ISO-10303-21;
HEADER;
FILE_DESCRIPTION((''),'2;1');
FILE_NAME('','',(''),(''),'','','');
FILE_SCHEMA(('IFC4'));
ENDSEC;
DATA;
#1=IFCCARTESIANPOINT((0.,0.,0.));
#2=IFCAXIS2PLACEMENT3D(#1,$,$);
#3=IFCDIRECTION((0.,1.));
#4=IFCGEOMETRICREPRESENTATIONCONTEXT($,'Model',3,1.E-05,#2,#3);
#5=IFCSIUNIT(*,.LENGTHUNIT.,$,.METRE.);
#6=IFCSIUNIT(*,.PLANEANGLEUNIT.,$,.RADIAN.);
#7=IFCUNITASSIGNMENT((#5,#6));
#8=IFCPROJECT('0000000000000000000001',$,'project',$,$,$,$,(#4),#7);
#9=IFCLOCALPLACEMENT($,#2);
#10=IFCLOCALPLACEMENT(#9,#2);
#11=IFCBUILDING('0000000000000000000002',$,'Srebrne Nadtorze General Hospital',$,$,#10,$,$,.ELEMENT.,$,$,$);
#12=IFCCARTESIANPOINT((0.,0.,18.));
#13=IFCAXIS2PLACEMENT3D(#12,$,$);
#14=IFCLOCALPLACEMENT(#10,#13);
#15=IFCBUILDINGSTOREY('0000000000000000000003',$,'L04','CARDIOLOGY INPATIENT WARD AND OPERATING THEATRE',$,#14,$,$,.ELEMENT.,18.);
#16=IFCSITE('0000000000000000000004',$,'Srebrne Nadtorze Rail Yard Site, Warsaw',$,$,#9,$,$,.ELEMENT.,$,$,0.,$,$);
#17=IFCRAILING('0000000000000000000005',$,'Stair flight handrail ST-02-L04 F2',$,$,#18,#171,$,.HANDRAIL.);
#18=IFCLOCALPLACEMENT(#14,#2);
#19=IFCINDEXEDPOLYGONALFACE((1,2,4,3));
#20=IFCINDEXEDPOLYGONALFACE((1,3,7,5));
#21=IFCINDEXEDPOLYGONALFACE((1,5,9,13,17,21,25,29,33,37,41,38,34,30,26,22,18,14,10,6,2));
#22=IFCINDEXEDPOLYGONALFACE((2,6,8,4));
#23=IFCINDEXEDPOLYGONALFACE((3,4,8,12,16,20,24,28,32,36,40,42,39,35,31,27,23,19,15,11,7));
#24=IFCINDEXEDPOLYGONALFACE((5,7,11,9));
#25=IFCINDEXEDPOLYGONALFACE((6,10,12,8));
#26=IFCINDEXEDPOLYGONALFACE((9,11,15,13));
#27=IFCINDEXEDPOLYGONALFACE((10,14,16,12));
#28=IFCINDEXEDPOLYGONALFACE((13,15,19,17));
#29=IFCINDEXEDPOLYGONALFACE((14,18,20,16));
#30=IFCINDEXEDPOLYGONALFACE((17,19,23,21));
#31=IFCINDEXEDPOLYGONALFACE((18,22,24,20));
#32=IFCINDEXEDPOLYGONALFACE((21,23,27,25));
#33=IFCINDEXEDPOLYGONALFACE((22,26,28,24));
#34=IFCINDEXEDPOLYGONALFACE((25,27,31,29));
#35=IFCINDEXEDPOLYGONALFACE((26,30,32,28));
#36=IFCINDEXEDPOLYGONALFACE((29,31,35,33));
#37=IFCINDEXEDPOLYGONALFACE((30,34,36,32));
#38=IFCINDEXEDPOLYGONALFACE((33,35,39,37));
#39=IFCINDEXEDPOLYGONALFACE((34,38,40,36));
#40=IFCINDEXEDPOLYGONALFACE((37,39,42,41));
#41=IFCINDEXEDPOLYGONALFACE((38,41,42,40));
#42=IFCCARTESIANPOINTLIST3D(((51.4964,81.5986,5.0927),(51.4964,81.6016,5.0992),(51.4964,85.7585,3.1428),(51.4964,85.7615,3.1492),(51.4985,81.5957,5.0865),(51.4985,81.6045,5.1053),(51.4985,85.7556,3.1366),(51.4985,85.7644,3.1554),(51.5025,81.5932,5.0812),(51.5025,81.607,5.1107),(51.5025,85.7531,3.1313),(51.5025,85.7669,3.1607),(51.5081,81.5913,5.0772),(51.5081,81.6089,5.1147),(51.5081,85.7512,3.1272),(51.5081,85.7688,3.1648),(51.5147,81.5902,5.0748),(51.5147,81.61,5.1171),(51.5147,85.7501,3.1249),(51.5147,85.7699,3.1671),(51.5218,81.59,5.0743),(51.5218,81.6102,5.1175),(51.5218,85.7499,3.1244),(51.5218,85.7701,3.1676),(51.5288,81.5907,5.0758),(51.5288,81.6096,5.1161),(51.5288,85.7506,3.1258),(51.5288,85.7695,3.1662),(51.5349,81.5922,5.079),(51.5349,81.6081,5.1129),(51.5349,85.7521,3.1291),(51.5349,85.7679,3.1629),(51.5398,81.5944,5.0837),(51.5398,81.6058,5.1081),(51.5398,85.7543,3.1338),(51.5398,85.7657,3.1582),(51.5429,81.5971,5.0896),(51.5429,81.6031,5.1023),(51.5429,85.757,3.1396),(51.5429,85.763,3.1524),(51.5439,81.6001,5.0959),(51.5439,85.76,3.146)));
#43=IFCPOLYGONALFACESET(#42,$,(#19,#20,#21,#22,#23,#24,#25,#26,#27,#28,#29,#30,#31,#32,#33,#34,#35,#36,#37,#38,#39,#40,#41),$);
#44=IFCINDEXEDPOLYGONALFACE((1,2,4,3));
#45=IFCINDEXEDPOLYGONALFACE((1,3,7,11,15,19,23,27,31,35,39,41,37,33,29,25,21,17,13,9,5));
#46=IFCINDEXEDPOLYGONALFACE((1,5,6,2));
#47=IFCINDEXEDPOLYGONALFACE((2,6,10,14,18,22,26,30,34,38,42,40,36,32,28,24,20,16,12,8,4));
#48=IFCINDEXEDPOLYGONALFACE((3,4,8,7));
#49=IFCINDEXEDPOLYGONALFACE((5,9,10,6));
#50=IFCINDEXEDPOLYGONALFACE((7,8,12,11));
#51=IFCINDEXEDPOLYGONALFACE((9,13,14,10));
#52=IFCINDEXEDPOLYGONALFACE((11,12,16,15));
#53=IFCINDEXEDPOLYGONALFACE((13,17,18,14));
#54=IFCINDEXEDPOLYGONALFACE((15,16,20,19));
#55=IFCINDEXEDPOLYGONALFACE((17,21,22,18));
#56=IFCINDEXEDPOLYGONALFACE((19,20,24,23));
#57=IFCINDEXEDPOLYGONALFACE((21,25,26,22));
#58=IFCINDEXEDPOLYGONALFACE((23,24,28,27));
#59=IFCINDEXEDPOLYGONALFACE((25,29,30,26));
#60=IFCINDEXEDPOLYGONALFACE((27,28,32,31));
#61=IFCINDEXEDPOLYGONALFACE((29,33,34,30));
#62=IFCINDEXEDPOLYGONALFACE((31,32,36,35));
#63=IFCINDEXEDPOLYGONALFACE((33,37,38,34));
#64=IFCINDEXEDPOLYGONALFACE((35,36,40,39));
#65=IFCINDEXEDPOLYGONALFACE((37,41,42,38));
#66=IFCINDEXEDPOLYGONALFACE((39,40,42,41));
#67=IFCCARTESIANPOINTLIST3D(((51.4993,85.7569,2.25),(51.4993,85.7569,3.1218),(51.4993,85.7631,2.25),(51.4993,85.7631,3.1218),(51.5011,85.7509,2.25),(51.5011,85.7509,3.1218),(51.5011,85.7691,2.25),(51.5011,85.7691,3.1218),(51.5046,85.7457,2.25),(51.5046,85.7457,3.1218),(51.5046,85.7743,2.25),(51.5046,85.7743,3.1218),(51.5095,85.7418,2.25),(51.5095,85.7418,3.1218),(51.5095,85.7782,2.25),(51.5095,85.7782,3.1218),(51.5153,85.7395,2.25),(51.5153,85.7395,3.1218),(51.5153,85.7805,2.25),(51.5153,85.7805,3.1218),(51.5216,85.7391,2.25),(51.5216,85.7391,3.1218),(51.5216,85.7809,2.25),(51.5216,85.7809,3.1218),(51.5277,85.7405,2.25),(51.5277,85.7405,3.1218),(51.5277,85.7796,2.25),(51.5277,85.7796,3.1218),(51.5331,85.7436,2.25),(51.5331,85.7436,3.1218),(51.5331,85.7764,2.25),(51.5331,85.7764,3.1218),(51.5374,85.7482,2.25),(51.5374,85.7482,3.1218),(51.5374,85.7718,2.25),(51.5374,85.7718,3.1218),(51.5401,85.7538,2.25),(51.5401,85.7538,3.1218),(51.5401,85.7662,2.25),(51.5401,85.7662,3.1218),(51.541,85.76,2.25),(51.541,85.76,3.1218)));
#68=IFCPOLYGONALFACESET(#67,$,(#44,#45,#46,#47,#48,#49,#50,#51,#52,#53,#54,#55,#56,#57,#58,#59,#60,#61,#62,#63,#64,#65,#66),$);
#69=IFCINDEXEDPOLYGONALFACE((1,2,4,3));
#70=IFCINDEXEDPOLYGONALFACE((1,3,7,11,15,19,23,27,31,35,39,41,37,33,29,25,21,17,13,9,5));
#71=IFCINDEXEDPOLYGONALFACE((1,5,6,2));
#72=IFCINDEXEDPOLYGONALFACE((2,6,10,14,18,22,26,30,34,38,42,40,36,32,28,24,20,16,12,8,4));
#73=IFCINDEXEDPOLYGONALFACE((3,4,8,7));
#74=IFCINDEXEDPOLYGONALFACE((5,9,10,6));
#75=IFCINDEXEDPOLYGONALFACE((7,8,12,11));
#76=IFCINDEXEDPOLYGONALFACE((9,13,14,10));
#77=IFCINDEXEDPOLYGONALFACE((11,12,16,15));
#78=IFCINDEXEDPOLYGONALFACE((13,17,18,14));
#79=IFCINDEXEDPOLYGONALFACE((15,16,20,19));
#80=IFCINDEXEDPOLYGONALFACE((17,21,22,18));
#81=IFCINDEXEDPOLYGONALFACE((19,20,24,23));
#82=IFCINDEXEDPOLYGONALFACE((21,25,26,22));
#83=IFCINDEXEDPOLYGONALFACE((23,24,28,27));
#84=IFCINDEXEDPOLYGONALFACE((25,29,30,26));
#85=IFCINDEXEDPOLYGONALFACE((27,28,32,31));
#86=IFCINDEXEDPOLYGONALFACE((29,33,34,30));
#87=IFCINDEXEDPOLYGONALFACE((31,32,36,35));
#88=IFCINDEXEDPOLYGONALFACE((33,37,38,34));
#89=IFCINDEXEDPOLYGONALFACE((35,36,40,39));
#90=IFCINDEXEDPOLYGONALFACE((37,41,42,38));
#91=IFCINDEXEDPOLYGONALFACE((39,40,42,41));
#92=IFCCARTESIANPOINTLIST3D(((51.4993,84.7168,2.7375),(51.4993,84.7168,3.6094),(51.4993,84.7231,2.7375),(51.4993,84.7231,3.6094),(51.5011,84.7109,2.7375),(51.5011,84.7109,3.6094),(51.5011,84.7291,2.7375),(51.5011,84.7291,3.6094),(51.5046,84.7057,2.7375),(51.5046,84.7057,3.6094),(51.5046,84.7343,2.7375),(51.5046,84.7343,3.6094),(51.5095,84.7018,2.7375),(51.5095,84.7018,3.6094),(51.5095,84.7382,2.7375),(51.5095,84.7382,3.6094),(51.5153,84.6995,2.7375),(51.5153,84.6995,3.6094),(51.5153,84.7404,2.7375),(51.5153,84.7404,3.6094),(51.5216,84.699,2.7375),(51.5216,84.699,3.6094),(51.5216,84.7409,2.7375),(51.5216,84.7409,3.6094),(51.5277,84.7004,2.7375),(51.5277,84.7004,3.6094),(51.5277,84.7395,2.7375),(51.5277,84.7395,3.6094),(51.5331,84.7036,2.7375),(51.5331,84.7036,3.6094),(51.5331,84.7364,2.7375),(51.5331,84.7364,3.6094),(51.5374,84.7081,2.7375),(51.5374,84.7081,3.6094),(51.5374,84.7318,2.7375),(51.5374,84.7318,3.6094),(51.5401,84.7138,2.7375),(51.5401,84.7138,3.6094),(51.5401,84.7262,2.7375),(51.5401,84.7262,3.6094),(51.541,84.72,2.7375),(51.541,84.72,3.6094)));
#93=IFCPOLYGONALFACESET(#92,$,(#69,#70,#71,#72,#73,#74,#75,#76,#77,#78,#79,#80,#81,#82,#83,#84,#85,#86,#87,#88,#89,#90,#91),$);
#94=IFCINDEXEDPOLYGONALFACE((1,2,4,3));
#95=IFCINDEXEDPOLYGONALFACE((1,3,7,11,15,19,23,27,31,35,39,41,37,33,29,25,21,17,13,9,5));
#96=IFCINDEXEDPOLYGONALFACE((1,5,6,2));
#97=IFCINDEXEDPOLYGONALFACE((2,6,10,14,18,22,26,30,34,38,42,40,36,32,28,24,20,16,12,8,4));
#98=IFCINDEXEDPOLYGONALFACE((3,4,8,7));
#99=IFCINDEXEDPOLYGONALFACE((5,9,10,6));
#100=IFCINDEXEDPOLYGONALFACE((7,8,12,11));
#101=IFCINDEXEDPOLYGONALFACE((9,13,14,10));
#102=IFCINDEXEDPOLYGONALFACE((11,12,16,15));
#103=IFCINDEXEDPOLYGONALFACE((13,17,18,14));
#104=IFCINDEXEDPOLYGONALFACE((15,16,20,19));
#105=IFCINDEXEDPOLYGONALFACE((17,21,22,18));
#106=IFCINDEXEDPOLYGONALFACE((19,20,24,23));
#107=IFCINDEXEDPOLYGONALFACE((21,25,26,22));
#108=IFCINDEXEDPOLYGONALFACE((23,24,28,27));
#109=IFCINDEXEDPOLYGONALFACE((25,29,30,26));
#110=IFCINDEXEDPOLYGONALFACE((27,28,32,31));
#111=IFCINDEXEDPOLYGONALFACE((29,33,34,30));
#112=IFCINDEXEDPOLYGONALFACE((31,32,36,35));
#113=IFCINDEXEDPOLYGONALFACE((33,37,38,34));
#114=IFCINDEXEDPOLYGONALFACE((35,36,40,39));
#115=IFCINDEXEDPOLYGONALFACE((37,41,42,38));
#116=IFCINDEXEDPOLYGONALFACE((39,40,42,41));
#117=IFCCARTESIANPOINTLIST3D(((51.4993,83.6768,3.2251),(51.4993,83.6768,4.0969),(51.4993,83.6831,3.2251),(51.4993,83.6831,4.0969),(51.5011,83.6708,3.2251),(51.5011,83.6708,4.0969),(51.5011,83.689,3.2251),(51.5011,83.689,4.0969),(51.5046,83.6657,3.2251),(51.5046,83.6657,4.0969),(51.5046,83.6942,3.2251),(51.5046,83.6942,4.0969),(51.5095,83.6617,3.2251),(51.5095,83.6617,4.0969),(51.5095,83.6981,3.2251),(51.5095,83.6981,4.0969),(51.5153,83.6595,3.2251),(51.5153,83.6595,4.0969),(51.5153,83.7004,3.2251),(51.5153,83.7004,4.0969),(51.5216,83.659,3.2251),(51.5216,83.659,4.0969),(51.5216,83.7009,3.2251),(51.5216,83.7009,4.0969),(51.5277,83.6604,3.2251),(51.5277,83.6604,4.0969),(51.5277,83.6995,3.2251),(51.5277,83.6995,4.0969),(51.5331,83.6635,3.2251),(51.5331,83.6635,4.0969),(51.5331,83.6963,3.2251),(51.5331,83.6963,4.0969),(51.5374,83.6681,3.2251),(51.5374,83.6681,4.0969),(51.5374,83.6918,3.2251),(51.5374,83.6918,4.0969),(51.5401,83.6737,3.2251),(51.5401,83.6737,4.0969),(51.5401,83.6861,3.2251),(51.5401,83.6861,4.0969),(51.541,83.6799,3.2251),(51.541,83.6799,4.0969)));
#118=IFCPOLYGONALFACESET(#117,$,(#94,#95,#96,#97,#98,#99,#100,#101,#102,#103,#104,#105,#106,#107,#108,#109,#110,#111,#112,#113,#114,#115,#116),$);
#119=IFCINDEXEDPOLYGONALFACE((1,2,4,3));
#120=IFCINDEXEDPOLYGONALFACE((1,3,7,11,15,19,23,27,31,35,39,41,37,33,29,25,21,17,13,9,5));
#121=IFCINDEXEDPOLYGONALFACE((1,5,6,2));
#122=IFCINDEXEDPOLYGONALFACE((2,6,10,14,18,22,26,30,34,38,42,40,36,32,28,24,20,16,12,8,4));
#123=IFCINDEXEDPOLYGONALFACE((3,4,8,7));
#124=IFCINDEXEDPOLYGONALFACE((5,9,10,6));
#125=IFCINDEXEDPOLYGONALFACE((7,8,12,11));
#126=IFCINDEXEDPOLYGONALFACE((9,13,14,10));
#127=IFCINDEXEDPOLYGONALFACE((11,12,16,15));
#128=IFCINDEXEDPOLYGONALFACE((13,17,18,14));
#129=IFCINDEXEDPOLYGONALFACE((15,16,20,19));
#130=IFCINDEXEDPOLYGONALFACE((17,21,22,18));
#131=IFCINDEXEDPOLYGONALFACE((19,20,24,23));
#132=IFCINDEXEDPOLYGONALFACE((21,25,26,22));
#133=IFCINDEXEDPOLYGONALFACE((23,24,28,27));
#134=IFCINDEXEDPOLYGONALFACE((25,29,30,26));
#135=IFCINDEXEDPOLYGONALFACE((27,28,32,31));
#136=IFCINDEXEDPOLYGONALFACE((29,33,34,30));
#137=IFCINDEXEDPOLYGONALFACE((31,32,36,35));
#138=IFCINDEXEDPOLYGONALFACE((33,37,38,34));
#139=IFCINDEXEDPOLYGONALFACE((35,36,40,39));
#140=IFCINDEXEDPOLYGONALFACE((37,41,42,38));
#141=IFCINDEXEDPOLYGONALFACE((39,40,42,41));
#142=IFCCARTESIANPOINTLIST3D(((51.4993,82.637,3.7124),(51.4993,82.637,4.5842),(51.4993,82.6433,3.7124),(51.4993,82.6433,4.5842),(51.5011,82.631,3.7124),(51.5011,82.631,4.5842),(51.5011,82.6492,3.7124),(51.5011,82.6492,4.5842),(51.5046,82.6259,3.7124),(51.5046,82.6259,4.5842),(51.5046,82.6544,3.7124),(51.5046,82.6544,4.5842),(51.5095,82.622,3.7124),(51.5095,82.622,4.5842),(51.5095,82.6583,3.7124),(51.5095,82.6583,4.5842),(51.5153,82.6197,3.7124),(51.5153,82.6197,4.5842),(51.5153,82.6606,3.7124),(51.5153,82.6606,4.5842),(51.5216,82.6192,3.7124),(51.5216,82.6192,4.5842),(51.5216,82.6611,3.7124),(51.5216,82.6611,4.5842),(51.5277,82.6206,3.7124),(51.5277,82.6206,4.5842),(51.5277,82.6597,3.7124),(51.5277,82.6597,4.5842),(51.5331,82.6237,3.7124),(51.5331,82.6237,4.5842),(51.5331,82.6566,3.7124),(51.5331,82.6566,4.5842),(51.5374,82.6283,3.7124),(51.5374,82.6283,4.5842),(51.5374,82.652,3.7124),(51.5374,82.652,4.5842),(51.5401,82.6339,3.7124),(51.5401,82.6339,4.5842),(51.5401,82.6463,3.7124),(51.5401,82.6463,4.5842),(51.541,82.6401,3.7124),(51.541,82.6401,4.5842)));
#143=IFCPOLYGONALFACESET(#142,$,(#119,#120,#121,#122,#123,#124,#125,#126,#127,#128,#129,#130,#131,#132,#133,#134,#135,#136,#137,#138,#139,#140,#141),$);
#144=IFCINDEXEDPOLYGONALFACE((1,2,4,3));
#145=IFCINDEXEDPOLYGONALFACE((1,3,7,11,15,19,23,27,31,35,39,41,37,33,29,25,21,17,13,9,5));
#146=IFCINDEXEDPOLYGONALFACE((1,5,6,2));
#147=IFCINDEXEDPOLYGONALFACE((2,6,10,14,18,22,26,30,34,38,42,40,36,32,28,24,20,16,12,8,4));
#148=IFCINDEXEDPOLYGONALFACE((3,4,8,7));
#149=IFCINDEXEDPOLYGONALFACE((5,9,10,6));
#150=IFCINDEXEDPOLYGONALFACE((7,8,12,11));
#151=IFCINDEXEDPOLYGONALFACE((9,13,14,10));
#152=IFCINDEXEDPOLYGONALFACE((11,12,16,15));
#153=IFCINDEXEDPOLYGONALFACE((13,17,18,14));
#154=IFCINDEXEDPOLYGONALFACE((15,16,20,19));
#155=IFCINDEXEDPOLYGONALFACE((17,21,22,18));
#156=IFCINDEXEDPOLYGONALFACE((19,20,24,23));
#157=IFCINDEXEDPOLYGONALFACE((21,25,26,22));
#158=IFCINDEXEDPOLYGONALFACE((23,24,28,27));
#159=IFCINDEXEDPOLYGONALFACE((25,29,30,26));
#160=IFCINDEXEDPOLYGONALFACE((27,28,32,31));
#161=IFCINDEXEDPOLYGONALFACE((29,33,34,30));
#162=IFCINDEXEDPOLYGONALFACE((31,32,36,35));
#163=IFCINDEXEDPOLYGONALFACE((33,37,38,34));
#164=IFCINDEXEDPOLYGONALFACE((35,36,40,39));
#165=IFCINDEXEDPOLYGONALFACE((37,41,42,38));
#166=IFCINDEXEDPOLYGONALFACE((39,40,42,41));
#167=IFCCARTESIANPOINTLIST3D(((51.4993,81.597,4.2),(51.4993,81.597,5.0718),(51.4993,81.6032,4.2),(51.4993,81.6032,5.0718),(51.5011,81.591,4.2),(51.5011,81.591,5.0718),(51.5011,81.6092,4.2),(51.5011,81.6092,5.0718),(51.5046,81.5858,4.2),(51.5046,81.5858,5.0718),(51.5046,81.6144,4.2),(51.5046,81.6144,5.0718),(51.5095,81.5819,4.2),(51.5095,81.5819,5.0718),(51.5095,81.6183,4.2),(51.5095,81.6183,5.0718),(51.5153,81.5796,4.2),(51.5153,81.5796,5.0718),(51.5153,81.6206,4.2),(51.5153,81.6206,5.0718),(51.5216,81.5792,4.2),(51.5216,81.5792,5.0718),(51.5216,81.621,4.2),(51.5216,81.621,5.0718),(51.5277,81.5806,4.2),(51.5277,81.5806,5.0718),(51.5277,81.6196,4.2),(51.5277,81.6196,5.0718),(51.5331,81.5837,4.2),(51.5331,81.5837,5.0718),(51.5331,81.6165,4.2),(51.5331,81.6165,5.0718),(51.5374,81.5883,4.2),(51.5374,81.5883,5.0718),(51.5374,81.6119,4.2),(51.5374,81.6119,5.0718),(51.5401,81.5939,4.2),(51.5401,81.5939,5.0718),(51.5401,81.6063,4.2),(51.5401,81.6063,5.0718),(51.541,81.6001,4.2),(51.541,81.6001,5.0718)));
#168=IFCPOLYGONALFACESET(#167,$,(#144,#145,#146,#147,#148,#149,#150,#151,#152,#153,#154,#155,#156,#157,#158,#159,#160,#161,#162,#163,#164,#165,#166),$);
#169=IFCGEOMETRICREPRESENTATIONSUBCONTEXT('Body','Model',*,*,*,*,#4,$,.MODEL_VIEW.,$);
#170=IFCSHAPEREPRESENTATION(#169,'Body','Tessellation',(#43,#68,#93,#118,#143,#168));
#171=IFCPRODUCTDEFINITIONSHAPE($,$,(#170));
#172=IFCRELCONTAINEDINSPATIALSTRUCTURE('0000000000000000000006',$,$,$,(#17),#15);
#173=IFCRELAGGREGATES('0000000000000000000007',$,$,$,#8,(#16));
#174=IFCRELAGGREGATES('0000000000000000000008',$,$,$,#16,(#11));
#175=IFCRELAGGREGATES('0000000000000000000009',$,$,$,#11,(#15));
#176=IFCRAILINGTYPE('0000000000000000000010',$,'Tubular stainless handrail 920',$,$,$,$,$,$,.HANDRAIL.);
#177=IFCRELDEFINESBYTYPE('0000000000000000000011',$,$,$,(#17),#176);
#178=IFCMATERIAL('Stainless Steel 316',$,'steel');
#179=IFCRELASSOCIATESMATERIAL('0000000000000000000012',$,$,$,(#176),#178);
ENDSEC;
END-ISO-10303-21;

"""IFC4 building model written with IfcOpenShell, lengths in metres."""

from ifc_helpers import new_model, si_unit, direction, frame, origin, origin_2d, place, context, subcontext, project, spatial, circle, extrude, material, type_object, element, save


model = new_model("IFC4")

# Units and contexts
model_context = context("Model", 3, precision=1e-05, world=origin(), true_north=direction((0.0, 1.0)))
body_context = subcontext(model_context, "Body", "Model", "MODEL_VIEW")
ifc_project = project(units=[si_unit("LENGTHUNIT", "METRE"), si_unit("PLANEANGLEUNIT", "RADIAN")], contexts=[model_context])

# Site, building, storey
site_placement = place(None, origin())
site = spatial("IfcSite", under=ifc_project, at=site_placement, Name="Srebrne Nadtorze Rail Yard Site, Warsaw", CompositionType="ELEMENT", RefElevation=0.0)
building_placement = place(site_placement, origin())
building = spatial("IfcBuilding", under=site, at=building_placement, Name="Srebrne Nadtorze General Hospital", CompositionType="ELEMENT")
storey_placement = place(building_placement, frame((0.0, 0.0, 18.0)))
storey = spatial("IfcBuildingStorey", under=building, at=storey_placement, Name="L04", Description="CARDIOLOGY INPATIENT WARD AND OPERATING THEATRE", CompositionType="ELEMENT", Elevation=18.0)

# Railing
ifc_material_1 = material(Name="Stainless Steel 316", Category="steel")
railing_type = type_object("IfcRailingType", Name="Tubular stainless handrail 920", PredefinedType="HANDRAIL", material=ifc_material_1)
railing_placement = place(storey_placement, frame((51.52, 85.76, 2.25)))
element("IfcRailing", 1, at=railing_placement, inside=storey, type_object=railing_type, Name="Stair flight handrail ST-02-L04 F2", PredefinedType="HANDRAIL", context=body_context, shape_type="SweptSolid", body=[
    extrude(circle(Radius=0.0239, at=origin_2d()), frame((0.0, 0.0, 0.896), z_axis=(0.0, -0.90546, 0.424433), x_axis=(1.0, 0.0, 0.0)), (0.0, 0.0, 1.0), 4.5942),
    extrude(circle(Radius=0.021, at=origin_2d()), origin(), (0.0, 0.0, 1.0), 0.8718),
    extrude(circle(Radius=0.021, at=origin_2d()), frame((0.0, -1.04, 0.4875)), (0.0, 0.0, 1.0), 0.8718),
    extrude(circle(Radius=0.021, at=origin_2d()), frame((0.0, -2.0801, 0.9751)), (0.0, 0.0, 1.0), 0.8718),
    extrude(circle(Radius=0.021, at=origin_2d()), frame((0.0, -3.1199, 1.4624)), (0.0, 0.0, 1.0), 0.8718),
    extrude(circle(Radius=0.021, at=origin_2d()), frame((0.0, -4.1599, 1.95)), (0.0, 0.0, 1.0), 0.8718),
])

save(model, "model.ifc")
